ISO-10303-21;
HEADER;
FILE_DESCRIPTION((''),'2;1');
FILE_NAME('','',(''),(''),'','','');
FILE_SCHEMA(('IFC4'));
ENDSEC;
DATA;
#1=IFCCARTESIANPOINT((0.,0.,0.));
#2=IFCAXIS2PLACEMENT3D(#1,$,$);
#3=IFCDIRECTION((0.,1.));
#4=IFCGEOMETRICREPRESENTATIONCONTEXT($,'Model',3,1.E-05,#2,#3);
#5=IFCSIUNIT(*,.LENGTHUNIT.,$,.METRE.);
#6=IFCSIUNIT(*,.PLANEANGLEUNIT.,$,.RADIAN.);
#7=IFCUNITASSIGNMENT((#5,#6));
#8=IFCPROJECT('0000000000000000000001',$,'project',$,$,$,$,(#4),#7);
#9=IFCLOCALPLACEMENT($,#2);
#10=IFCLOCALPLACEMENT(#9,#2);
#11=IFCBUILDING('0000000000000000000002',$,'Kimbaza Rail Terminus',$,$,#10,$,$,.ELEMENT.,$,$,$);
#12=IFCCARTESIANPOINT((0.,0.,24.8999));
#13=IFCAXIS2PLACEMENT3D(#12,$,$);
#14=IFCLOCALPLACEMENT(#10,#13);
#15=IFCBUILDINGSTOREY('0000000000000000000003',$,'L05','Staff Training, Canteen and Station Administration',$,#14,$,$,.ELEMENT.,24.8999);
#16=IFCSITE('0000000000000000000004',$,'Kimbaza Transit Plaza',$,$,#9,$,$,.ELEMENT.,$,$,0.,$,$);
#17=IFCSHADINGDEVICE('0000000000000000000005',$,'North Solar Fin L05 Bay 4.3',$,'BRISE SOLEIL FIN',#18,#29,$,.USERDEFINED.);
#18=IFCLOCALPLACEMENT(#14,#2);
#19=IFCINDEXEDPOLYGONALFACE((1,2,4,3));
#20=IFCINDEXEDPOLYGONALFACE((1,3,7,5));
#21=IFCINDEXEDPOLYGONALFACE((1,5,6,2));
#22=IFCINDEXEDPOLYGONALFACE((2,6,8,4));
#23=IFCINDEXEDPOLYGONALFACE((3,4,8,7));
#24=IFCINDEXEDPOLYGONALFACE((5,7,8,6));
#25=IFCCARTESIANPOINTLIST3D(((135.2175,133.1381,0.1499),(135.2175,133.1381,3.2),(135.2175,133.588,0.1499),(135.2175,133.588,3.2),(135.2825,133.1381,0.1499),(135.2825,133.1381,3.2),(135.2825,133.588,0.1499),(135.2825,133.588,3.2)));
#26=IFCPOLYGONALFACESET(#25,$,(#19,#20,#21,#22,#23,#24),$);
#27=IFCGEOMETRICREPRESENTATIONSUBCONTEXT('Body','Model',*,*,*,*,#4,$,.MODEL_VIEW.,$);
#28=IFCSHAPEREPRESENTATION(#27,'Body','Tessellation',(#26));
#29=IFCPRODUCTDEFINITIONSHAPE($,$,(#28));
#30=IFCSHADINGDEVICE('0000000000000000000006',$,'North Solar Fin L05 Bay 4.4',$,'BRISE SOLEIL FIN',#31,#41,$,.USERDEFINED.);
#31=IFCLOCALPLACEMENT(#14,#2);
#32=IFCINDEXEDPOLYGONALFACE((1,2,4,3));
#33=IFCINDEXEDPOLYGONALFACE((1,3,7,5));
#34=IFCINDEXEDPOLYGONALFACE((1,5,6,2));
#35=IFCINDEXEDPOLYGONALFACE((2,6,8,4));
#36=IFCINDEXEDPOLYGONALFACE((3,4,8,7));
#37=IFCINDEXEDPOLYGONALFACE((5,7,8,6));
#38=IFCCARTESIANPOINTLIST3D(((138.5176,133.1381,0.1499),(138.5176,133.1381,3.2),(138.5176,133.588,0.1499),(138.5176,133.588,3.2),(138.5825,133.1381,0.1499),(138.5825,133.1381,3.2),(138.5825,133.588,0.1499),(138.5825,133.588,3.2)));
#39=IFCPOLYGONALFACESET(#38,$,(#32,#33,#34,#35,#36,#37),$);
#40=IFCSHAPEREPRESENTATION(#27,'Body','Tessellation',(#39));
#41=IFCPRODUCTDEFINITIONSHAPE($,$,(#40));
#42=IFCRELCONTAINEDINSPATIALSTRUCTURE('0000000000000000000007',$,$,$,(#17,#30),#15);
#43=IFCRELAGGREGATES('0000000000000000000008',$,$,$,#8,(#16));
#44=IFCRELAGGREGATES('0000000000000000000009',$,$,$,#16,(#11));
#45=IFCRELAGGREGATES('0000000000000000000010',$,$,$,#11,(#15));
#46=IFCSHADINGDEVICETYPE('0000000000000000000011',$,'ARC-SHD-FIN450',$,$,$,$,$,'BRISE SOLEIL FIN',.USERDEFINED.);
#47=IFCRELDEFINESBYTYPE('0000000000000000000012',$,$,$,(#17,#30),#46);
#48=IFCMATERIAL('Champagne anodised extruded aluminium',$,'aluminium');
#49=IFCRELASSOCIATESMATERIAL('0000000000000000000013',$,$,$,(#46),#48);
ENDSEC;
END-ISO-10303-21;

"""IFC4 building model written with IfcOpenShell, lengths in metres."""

from ifc_helpers import new_model, si_unit, direction, frame, origin, origin_2d, place, context, subcontext, project, spatial, rectangle, extrude, material, type_object, element, save


model = new_model("IFC4")

# Units and contexts
model_context = context("Model", 3, precision=1e-05, world=origin(), true_north=direction((0.0, 1.0)))
body_context = subcontext(model_context, "Body", "Model", "MODEL_VIEW")
ifc_project = project(units=[si_unit("LENGTHUNIT", "METRE"), si_unit("PLANEANGLEUNIT", "RADIAN")], contexts=[model_context])

# Site, building, storey
site_placement = place(None, origin())
site = spatial("IfcSite", under=ifc_project, at=site_placement, Name="Kimbaza Transit Plaza", CompositionType="ELEMENT", RefElevation=0.0)
building_placement = place(site_placement, origin())
building = spatial("IfcBuilding", under=site, at=building_placement, Name="Kimbaza Rail Terminus", CompositionType="ELEMENT")
storey_placement = place(building_placement, frame((0.0, 0.0, 24.8999)))
storey = spatial("IfcBuildingStorey", under=building, at=storey_placement, Name="L05", Description="Staff Training, Canteen and Station Administration", CompositionType="ELEMENT", Elevation=24.8999)

# Shading devices
ifc_material_1 = material(Name="Champagne anodised extruded aluminium", Category="aluminium")
shading_device_type = type_object("IfcShadingDeviceType", Name="ARC-SHD-FIN450", ElementType="BRISE SOLEIL FIN", PredefinedType="USERDEFINED", material=ifc_material_1)
for number, where, z_axis, x_axis, name in (
    (1, (135.25, 133.363, 0.1499), (0.0, 0.0, 1.0), (1.0, 0.0, 0.0), "North Solar Fin L05 Bay 4.3"),
    (2, (138.55, 133.363, 0.1499), (0.0, 0.0, 1.0), (1.0, 0.0, 0.0), "North Solar Fin L05 Bay 4.4"),
):
    element("IfcShadingDevice", number, at=place(storey_placement, frame(where, z_axis=z_axis, x_axis=x_axis)), inside=storey, type_object=shading_device_type, Name=name, ObjectType="BRISE SOLEIL FIN", PredefinedType="USERDEFINED", context=body_context, shape_type="SweptSolid", body=[
        extrude(rectangle(XDim=0.0649, YDim=0.45, at=origin_2d()), origin(), (0.0, 0.0, 1.0), 3.05),
    ])

save(model, "model.ifc")
